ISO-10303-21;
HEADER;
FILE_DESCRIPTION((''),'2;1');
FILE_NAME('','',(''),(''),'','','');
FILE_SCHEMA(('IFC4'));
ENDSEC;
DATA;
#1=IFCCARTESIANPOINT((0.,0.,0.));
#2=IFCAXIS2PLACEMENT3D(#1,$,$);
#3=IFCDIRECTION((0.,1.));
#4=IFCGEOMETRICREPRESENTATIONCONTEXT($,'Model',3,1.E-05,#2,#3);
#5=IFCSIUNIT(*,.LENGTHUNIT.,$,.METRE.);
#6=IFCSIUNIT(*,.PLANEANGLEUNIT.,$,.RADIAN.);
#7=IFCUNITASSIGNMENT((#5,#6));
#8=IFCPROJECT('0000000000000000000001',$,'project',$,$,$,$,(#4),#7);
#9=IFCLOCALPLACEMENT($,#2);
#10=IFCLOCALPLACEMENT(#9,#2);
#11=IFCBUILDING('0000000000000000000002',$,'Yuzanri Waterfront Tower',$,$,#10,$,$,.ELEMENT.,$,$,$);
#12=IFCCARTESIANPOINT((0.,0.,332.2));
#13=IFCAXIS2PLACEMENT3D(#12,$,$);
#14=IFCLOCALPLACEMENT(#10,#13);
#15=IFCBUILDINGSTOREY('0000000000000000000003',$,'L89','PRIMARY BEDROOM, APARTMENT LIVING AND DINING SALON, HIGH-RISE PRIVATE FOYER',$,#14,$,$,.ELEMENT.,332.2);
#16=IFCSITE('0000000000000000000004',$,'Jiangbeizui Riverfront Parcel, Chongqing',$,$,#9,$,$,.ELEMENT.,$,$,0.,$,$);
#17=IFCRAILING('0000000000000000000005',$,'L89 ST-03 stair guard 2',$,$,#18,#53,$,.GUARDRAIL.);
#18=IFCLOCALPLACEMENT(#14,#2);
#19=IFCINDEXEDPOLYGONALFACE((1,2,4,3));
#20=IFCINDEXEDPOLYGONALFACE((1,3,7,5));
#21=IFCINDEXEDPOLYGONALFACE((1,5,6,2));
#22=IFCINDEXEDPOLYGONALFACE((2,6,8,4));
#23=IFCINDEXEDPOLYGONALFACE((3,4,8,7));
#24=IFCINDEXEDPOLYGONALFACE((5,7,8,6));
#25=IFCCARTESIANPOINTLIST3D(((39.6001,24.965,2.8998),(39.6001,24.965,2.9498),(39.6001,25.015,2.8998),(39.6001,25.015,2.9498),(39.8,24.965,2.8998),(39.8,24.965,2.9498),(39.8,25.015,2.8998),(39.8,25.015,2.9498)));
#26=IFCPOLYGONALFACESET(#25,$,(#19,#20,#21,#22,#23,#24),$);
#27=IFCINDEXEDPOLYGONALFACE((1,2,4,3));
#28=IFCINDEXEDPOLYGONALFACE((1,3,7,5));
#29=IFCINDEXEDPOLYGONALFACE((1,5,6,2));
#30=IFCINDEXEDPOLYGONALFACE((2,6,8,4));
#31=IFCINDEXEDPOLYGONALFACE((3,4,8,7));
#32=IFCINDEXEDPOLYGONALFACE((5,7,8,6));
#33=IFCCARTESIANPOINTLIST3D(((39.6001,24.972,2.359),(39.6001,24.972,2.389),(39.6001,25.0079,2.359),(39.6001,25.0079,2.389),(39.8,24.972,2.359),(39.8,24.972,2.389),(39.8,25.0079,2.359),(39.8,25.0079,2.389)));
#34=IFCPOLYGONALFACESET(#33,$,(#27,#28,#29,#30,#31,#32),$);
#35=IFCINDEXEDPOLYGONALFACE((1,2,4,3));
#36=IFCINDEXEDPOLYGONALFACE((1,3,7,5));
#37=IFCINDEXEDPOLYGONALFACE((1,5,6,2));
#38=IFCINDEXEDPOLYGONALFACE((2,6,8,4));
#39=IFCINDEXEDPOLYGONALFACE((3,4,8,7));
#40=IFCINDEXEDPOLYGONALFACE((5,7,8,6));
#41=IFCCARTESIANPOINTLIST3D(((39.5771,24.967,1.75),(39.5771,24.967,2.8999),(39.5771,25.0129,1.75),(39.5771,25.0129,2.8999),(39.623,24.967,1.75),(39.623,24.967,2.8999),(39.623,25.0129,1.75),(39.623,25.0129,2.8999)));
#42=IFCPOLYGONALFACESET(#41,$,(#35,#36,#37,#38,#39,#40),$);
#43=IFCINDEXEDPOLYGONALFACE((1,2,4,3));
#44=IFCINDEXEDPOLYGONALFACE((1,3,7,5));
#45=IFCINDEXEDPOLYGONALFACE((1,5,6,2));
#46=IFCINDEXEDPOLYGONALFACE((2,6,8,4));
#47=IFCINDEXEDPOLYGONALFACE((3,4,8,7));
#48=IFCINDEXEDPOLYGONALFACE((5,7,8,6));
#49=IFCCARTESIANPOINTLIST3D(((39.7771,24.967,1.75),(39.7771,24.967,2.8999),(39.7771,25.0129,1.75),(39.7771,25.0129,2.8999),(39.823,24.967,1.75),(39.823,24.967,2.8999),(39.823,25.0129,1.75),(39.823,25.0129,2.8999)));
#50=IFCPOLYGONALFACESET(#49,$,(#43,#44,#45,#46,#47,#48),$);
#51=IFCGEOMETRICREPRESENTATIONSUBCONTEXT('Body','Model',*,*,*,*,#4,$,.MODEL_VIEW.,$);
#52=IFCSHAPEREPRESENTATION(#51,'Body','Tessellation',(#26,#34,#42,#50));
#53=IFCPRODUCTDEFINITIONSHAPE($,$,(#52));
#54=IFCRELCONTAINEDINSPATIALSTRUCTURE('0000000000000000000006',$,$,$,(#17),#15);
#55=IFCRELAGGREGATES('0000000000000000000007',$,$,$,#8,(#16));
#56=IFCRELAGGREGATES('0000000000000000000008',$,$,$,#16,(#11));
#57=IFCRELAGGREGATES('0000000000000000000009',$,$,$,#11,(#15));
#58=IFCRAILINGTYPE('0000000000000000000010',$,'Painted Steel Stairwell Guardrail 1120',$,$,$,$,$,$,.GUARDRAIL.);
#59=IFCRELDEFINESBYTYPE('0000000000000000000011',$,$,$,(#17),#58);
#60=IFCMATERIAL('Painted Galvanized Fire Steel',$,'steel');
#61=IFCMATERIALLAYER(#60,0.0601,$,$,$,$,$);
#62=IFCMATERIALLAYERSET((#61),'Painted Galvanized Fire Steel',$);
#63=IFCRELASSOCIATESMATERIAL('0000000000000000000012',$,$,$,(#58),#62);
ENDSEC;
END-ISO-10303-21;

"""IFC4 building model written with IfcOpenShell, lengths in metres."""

from ifc_helpers import new_model, si_unit, direction, frame, origin, origin_2d, place, context, subcontext, project, spatial, rectangle, extrude, source, transform, mapped, material, layer, layer_set, type_object, element, save


model = new_model("IFC4")

# Units and contexts
model_context = context("Model", 3, precision=1e-05, world=origin(), true_north=direction((0.0, 1.0)))
body_context = subcontext(model_context, "Body", "Model", "MODEL_VIEW")
ifc_project = project(units=[si_unit("LENGTHUNIT", "METRE"), si_unit("PLANEANGLEUNIT", "RADIAN")], contexts=[model_context])

# Site, building, storey
site_placement = place(None, origin())
site = spatial("IfcSite", under=ifc_project, at=site_placement, Name="Jiangbeizui Riverfront Parcel, Chongqing", CompositionType="ELEMENT", RefElevation=0.0)
building_placement = place(site_placement, origin())
building = spatial("IfcBuilding", under=site, at=building_placement, Name="Yuzanri Waterfront Tower", CompositionType="ELEMENT")
storey_placement = place(building_placement, frame((0.0, 0.0, 332.2)))
storey = spatial("IfcBuildingStorey", under=building, at=storey_placement, Name="L89", Description="PRIMARY BEDROOM, APARTMENT LIVING AND DINING SALON, HIGH-RISE PRIVATE FOYER", CompositionType="ELEMENT", Elevation=332.2)

# Railing
ifc_material_1 = material(Name="Painted Galvanized Fire Steel", Category="steel")
ifc_layer_1 = layer(ifc_material_1, 0.0601)
ifc_layer_set_1 = layer_set([ifc_layer_1], Name="Painted Galvanized Fire Steel")
railing_type_1 = type_object("IfcRailingType", Name="Painted Steel Stairwell Guardrail 1120", PredefinedType="GUARDRAIL", material=ifc_layer_set_1)
shared_shape_1 = source(origin(), body_context, "Body", "SweptSolid", [
    extrude(rectangle(XDim=0.05, YDim=0.05, at=origin_2d()), frame((0.0, 0.0, 1.1748), z_axis=(1.0, 0.0, 0.0), x_axis=(0.0, 1.0, 0.0)), (0.0, 0.0, 1.0), 0.2),
    extrude(rectangle(XDim=0.0359, YDim=0.03, at=origin_2d()), frame((0.0, 0.0, 0.624), z_axis=(1.0, 0.0, 0.0), x_axis=(0.0, 1.0, 0.0)), (0.0, 0.0, 1.0), 0.2),
    extrude(rectangle(XDim=0.0459, YDim=0.0459, at=origin_2d()), origin(), (0.0, 0.0, 1.0), 1.1499),
    extrude(rectangle(XDim=0.0459, YDim=0.0459, at=origin_2d()), frame((0.2, 0.0, 0.0)), (0.0, 0.0, 1.0), 1.1499),
])
railing_1_placement = place(storey_placement, frame((39.6001, 24.99, 1.75)))
element("IfcRailing", 1, at=railing_1_placement, inside=storey, type_object=railing_type_1, Name="L89 ST-03 stair guard 2", PredefinedType="GUARDRAIL", context=body_context, shape_type="MappedRepresentation", body=[
    mapped(shared_shape_1, transform((0.0, 0.0, 0.0), scale=1.0)),
])

save(model, "model.ifc")
